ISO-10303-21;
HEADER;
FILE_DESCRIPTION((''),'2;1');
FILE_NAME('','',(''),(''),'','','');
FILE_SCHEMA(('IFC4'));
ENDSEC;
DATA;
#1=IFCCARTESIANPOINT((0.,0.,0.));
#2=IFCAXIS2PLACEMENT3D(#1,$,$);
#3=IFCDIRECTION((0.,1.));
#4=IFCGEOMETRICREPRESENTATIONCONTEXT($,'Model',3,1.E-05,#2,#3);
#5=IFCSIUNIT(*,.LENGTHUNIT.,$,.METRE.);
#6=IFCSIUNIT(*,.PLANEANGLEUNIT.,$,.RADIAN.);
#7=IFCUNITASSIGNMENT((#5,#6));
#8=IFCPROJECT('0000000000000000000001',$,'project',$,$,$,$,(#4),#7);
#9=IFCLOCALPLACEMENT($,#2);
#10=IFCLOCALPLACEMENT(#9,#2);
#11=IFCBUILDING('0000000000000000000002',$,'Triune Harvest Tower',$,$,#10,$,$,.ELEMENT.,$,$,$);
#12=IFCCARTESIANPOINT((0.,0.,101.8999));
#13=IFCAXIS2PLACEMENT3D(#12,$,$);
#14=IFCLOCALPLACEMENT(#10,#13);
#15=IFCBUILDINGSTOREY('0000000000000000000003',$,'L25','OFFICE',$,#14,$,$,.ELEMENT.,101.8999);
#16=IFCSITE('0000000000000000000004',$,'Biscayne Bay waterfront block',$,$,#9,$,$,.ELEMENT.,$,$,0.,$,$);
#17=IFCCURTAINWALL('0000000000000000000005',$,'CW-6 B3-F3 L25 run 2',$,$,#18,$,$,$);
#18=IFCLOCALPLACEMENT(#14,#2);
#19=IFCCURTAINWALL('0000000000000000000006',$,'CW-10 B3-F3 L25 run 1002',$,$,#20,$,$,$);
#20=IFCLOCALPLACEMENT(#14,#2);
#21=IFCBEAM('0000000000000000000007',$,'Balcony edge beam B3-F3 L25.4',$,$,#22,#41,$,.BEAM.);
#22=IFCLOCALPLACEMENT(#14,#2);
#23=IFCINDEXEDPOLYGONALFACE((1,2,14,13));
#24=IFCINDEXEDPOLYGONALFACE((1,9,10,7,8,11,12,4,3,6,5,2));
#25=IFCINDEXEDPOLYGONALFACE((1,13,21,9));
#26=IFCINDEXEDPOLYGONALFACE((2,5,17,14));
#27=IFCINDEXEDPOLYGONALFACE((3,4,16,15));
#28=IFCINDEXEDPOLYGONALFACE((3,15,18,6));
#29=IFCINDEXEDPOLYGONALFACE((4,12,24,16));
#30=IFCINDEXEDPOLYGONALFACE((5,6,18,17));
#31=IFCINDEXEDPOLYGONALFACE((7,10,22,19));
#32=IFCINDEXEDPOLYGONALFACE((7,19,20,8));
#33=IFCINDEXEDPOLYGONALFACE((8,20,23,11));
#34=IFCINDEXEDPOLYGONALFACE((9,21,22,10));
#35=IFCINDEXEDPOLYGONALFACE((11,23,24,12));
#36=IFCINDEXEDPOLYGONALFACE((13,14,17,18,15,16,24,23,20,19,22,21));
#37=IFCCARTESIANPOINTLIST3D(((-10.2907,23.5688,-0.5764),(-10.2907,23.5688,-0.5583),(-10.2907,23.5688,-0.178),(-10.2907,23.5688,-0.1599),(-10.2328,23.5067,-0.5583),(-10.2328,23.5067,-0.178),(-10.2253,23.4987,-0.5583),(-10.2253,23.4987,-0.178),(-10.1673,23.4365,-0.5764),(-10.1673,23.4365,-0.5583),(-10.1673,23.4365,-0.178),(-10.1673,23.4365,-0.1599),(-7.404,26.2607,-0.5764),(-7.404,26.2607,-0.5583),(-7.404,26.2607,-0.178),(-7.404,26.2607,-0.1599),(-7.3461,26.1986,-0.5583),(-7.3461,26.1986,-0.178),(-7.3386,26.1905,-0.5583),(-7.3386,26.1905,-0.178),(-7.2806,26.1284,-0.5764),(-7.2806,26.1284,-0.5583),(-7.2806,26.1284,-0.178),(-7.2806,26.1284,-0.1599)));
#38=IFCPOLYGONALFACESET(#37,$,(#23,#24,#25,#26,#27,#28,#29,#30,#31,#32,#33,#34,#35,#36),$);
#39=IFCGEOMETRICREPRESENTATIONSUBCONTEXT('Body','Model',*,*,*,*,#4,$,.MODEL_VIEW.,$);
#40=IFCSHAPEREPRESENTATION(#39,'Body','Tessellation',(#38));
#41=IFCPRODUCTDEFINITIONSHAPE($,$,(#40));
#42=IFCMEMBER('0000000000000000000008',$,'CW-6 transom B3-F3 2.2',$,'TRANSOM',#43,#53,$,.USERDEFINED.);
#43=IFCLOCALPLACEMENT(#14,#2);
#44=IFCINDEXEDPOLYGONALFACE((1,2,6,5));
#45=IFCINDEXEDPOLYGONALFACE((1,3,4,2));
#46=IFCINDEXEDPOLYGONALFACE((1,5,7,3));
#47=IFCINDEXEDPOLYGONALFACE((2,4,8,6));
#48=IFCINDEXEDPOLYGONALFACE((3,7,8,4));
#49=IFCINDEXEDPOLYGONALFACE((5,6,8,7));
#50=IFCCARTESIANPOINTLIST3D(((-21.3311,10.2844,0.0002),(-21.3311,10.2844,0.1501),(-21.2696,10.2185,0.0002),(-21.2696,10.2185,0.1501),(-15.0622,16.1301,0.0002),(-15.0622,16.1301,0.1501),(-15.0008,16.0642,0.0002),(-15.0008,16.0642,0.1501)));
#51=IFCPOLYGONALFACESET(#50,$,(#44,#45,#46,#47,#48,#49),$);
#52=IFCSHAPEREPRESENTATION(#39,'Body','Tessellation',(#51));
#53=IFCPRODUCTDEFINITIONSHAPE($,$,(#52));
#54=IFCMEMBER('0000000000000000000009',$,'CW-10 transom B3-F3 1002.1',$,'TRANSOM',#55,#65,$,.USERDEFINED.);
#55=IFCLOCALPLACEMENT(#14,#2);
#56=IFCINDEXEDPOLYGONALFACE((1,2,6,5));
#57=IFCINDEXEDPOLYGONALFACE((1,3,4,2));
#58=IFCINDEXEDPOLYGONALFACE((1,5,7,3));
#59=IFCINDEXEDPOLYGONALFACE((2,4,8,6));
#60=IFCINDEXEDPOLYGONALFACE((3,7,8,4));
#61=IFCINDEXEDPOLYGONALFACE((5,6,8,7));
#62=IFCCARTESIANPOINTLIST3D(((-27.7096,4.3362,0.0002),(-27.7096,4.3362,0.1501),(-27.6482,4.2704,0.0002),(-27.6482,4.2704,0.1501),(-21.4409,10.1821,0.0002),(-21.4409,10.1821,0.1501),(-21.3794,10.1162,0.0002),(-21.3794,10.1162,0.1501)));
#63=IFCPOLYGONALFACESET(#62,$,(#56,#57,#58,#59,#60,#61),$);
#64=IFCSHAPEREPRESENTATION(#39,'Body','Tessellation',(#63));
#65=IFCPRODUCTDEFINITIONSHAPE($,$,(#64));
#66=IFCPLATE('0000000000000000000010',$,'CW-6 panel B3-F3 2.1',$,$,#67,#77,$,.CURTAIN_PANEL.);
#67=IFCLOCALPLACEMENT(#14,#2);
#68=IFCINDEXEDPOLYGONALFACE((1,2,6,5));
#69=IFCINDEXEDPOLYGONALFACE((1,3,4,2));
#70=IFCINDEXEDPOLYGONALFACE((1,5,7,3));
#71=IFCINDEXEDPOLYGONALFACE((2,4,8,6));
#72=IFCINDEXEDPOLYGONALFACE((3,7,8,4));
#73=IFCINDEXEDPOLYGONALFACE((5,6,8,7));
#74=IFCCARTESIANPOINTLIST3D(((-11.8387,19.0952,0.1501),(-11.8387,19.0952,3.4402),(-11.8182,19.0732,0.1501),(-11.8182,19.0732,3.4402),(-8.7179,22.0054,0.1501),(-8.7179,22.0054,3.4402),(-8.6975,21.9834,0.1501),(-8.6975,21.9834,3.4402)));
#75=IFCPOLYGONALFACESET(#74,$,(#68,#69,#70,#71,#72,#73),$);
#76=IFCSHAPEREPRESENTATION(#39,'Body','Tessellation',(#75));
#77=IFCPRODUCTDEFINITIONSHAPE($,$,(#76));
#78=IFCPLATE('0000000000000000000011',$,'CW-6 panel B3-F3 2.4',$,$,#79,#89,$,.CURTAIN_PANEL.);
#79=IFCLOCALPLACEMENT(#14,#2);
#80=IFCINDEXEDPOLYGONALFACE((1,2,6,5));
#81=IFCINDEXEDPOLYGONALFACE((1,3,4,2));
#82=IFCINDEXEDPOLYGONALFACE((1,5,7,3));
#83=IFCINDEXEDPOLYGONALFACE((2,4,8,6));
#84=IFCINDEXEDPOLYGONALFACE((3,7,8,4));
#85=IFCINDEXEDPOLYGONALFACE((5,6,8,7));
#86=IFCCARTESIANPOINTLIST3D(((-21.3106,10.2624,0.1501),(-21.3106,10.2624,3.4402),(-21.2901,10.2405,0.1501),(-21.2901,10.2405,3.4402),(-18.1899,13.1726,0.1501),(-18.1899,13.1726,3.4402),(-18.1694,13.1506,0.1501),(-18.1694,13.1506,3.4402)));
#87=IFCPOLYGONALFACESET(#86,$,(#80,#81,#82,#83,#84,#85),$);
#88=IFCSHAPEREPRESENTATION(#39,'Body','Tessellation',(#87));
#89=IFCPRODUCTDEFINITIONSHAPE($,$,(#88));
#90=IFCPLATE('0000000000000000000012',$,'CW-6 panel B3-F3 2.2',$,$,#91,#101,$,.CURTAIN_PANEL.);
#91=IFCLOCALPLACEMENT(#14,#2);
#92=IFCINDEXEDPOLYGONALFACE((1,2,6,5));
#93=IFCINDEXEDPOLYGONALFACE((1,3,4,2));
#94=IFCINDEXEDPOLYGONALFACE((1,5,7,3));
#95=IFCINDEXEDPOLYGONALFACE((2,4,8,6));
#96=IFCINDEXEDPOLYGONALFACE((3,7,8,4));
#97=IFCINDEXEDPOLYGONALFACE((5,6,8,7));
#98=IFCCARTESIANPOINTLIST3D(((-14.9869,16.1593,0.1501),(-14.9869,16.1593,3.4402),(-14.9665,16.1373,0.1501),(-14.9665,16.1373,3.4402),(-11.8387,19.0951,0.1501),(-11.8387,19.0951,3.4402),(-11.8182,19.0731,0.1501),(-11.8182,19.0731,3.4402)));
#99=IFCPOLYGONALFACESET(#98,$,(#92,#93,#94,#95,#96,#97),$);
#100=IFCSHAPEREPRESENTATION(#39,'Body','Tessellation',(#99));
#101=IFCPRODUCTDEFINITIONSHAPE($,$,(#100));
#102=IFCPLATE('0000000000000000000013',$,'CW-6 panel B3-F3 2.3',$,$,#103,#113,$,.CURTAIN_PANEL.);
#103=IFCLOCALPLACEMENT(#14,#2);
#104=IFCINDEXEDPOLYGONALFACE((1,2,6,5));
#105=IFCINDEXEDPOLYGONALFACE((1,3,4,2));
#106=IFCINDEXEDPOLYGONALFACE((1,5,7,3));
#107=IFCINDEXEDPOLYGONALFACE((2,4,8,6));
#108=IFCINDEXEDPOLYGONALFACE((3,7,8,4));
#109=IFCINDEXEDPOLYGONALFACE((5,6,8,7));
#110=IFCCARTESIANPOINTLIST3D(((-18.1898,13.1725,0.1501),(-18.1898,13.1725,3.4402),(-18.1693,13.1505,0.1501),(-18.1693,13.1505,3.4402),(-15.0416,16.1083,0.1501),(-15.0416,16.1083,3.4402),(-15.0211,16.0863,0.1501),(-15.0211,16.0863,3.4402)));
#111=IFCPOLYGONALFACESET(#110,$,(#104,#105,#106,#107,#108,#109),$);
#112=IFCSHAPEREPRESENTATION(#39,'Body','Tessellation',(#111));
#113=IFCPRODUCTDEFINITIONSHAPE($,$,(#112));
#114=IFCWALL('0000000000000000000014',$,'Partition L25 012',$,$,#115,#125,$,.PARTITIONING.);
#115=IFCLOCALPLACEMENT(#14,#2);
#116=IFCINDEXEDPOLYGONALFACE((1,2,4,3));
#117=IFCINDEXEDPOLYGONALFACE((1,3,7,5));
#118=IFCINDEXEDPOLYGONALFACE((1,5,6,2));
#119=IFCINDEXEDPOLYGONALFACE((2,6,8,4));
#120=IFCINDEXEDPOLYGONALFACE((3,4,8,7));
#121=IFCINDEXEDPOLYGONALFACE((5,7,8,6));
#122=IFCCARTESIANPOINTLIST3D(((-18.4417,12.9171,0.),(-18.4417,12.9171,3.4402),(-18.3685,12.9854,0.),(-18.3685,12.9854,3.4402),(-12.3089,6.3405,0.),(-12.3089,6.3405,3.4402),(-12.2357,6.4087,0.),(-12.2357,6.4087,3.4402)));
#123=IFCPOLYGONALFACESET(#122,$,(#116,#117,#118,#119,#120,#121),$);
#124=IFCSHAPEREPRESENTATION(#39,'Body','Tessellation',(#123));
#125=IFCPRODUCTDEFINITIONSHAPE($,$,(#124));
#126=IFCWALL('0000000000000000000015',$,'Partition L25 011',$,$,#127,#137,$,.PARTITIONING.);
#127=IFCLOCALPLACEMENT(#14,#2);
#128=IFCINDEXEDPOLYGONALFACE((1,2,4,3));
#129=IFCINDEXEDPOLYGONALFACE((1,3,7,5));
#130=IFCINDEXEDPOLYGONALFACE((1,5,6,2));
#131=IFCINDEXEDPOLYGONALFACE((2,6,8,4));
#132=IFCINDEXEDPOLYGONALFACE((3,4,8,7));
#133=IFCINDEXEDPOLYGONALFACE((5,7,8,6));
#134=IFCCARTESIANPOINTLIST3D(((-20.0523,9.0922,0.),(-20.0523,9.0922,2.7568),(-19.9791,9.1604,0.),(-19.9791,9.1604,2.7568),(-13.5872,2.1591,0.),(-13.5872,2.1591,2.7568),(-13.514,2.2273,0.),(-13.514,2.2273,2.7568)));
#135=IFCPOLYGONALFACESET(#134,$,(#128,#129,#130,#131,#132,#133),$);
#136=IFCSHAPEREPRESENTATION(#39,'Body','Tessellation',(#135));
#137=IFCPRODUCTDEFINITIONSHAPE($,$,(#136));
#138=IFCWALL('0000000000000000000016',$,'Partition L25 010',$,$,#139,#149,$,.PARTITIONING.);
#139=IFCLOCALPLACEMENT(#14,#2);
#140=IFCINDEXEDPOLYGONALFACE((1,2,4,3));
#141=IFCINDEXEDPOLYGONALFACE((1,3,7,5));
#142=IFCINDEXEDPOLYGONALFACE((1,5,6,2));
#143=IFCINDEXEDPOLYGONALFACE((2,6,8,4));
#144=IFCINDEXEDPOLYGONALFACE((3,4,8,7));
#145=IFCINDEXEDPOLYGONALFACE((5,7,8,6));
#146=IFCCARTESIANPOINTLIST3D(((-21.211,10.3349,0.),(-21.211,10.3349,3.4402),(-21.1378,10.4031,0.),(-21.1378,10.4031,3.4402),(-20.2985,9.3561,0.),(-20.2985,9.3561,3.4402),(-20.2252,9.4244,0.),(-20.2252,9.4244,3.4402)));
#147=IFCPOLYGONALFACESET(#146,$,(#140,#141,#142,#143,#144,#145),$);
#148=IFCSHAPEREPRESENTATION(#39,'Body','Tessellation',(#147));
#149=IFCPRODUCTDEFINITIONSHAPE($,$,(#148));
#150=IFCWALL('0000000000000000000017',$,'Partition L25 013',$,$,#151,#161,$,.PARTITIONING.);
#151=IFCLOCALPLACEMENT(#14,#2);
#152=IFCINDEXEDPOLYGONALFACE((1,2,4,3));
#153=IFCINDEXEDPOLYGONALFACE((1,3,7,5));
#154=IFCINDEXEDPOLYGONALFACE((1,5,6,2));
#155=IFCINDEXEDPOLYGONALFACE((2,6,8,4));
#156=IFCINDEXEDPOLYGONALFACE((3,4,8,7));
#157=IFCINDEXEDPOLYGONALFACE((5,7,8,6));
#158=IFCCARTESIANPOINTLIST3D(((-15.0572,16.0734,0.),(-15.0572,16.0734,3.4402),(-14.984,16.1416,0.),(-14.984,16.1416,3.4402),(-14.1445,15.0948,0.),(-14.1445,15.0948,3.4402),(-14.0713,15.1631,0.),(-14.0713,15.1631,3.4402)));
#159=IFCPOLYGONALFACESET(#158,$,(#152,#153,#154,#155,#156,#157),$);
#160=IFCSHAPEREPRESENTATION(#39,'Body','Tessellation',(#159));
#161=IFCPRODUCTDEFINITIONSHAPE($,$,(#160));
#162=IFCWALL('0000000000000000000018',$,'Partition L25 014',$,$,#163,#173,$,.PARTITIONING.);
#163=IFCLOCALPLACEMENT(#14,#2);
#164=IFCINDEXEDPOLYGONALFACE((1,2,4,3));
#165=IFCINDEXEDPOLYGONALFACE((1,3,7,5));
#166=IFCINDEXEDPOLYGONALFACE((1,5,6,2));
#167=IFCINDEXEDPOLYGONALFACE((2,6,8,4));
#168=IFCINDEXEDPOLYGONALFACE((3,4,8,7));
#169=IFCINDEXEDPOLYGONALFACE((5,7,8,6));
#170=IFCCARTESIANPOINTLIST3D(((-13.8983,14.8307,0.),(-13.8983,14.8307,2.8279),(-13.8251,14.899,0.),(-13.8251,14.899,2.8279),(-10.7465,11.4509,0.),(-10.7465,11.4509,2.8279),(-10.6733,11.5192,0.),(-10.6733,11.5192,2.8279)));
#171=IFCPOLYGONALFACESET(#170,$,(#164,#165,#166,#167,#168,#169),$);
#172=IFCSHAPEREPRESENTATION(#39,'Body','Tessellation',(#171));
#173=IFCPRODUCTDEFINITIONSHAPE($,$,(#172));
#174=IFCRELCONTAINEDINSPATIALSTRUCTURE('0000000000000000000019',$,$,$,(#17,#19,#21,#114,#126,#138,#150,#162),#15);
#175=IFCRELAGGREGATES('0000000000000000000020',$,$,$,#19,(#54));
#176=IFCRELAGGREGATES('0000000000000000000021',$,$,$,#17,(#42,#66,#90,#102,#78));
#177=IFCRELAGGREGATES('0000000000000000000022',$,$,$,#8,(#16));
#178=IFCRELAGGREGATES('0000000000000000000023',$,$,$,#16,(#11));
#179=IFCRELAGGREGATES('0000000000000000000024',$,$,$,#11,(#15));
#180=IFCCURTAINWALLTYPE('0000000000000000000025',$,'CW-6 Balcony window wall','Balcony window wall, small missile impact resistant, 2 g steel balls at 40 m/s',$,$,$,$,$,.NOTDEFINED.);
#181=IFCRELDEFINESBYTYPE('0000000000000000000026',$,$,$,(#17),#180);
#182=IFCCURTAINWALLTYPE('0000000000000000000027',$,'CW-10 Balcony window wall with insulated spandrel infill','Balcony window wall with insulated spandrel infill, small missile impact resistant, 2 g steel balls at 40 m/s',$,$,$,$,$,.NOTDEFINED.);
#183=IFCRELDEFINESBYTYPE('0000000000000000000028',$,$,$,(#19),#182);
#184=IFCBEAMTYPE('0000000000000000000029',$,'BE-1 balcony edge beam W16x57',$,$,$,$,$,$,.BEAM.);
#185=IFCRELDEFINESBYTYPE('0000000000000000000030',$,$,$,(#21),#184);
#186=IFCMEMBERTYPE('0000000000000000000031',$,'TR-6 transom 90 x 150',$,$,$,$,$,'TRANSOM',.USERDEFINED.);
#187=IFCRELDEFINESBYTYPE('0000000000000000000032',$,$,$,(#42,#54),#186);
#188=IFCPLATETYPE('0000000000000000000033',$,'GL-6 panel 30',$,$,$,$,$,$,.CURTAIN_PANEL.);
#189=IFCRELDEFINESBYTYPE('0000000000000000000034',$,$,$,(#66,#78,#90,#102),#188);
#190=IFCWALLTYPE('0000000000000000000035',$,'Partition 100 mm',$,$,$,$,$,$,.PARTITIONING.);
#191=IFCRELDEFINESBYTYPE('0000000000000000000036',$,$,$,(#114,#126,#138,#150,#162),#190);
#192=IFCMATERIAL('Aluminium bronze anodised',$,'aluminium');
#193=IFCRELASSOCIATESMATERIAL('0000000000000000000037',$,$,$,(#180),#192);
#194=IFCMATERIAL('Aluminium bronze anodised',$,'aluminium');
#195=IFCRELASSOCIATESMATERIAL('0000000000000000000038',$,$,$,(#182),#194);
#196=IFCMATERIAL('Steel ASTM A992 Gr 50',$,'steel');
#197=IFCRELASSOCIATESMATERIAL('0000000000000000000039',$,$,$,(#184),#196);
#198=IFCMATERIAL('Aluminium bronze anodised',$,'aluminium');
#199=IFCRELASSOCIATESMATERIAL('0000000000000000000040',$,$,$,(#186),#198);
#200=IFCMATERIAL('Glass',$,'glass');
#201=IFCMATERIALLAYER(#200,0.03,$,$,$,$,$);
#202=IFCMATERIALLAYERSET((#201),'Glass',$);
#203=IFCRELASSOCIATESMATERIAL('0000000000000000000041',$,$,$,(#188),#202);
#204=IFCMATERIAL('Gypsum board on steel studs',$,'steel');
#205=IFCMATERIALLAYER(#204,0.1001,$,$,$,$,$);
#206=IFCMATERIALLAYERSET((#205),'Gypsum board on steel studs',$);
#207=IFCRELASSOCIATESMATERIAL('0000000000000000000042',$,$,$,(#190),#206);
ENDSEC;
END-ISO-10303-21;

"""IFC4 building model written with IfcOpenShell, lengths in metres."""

from ifc_helpers import new_model, si_unit, direction, frame, frame_2d, origin, origin_2d, place, context, subcontext, project, spatial, rectangle, i_section, extrude, source, transform, mapped, material, layer, layer_set, material_profile, profile_set, type_object, element, aggregate, save


model = new_model("IFC4")

# Units and contexts
model_context = context("Model", 3, precision=1e-05, world=origin(), true_north=direction((0.0, 1.0)))
body_context = subcontext(model_context, "Body", "Model", "MODEL_VIEW")
ifc_project = project(units=[si_unit("LENGTHUNIT", "METRE"), si_unit("PLANEANGLEUNIT", "RADIAN")], contexts=[model_context])

# Site, building, storey
site_placement = place(None, origin())
site = spatial("IfcSite", under=ifc_project, at=site_placement, Name="Biscayne Bay waterfront block", CompositionType="ELEMENT", RefElevation=0.0)
building_placement = place(site_placement, origin())
building = spatial("IfcBuilding", under=site, at=building_placement, Name="Triune Harvest Tower", CompositionType="ELEMENT")
storey_placement = place(building_placement, frame((0.0, 0.0, 101.8999)))
storey = spatial("IfcBuildingStorey", under=building, at=storey_placement, Name="L25", Description="OFFICE", CompositionType="ELEMENT", Elevation=101.8999)

# Curtain wall
ifc_material_1 = material(Name="Aluminium bronze anodised", Category="aluminium")
curtain_wall_type_1 = type_object("IfcCurtainWallType", Name="CW-6 Balcony window wall", Description="Balcony window wall, small missile impact resistant, 2 g steel balls at 40 m/s", PredefinedType="NOTDEFINED", material=ifc_material_1)
curtain_wall_1_placement = place(storey_placement, origin())
curtain_wall_1 = element("IfcCurtainWall", 1, at=curtain_wall_1_placement, inside=storey, type_object=curtain_wall_type_1, Name="CW-6 B3-F3 L25 run 2")

# Curtain wall
ifc_material_2 = material(Name="Aluminium bronze anodised", Category="aluminium")
curtain_wall_type_2 = type_object("IfcCurtainWallType", Name="CW-10 Balcony window wall with insulated spandrel infill", Description="Balcony window wall with insulated spandrel infill, small missile impact resistant, 2 g steel balls at 40 m/s", PredefinedType="NOTDEFINED", material=ifc_material_2)
curtain_wall_2_placement = place(storey_placement, origin())
curtain_wall_2 = element("IfcCurtainWall", 2, at=curtain_wall_2_placement, inside=storey, type_object=curtain_wall_type_2, Name="CW-10 B3-F3 L25 run 1002")

# Beam
ifc_material_3 = material(Name="Steel ASTM A992 Gr 50", Category="steel")
ifc_material_profile_1 = material_profile(ifc_material_3, i_section(OverallWidth=0.1809, OverallDepth=0.4165, WebThickness=0.011, FlangeThickness=0.0181, at=origin_2d()), Name="W16x57")
ifc_profile_set_1 = profile_set([ifc_material_profile_1], Name="Steel ASTM A992 Gr 50")
beam_type_1 = type_object("IfcBeamType", Name="BE-1 balcony edge beam W16x57", PredefinedType="BEAM", material=ifc_profile_set_1)
shared_shape_1 = source(origin(), body_context, "Body", "SweptSolid", [
    extrude(i_section(OverallWidth=0.1809, OverallDepth=0.4165, WebThickness=0.011, FlangeThickness=0.0181, at=origin_2d()), origin(), (0.0, 0.0, 1.0), 3.947),
])
beam_1_placement = place(storey_placement, frame((-10.229, 23.5027, -0.3682), z_axis=(0.731356, 0.681996, 0.0), x_axis=(-0.681996, 0.731356, 0.0)))
element("IfcBeam", 3, at=beam_1_placement, inside=storey, type_object=beam_type_1, Name="Balcony edge beam B3-F3 L25.4", PredefinedType="BEAM", context=body_context, shape_type="MappedRepresentation", body=[
    mapped(shared_shape_1, transform((0.0, 0.0, 0.0), scale=1.0)),
])

# Members
ifc_material_4 = material(Name="Aluminium bronze anodised", Category="aluminium")
ifc_material_profile_2 = material_profile(ifc_material_4, rectangle(XDim=0.0901, YDim=0.1499, at=origin_2d()), Name="TR-6 transom 90 x 150")
ifc_profile_set_2 = profile_set([ifc_material_profile_2], Name="Aluminium bronze anodised")
member_type_1 = type_object("IfcMemberType", Name="TR-6 transom 90 x 150", ElementType="TRANSOM", PredefinedType="USERDEFINED", material=ifc_profile_set_2)
shared_shape_2 = source(origin(), body_context, "Body", "SweptSolid", [
    extrude(rectangle(XDim=0.0901, YDim=0.1499, at=origin_2d()), origin(), (0.0, 0.0, 1.0), 8.5715),
])
member_1_placement = place(storey_placement, frame((-15.0315, 16.0972, 0.0752), z_axis=(-0.731356, -0.681995, 0.0), x_axis=(0.681995, -0.731356, 0.0)))
member_1 = element("IfcMember", 4, at=member_1_placement, type_object=member_type_1, Name="CW-6 transom B3-F3 2.2", ObjectType="TRANSOM", PredefinedType="USERDEFINED", context=body_context, shape_type="MappedRepresentation", body=[
    mapped(shared_shape_2, transform((0.0, 0.0, 0.0), scale=1.0)),
])
member_2_placement = place(storey_placement, frame((-21.4102, 10.1492, 0.0752), z_axis=(-0.731342, -0.682011, 0.0), x_axis=(0.682011, -0.731342, 0.0)))
member_2 = element("IfcMember", 5, at=member_2_placement, type_object=member_type_1, Name="CW-10 transom B3-F3 1002.1", ObjectType="TRANSOM", PredefinedType="USERDEFINED", context=body_context, shape_type="MappedRepresentation", body=[
    mapped(shared_shape_2, transform((0.0, 0.0, 0.0), scale=1.0)),
])
aggregate(curtain_wall_2, [member_2])

# Plates
ifc_material_5 = material(Name="Glass", Category="glass")
ifc_layer_1 = layer(ifc_material_5, 0.03)
ifc_layer_set_1 = layer_set([ifc_layer_1], Name="Glass")
plate_type = type_object("IfcPlateType", Name="GL-6 panel 30", PredefinedType="CURTAIN_PANEL", material=ifc_layer_set_1)
shared_shape_3 = source(origin(), body_context, "Body", "SweptSolid", [
    extrude(rectangle(XDim=4.2671, YDim=0.03, at=origin_2d()), origin(), (0.0, 0.0, 1.0), 3.29),
])
plate_1_placement = place(storey_placement, frame((-10.2681, 20.5393, 0.1501), z_axis=(0.0, 0.0, 1.0), x_axis=(-0.731352, -0.682, 0.0)))
plate_1 = element("IfcPlate", 6, at=plate_1_placement, type_object=plate_type, Name="CW-6 panel B3-F3 2.1", PredefinedType="CURTAIN_PANEL", context=body_context, shape_type="MappedRepresentation", body=[
    mapped(shared_shape_3, transform((0.0, 0.0, 0.0), scale=1.0)),
])
plate_2_placement = place(storey_placement, frame((-19.74, 11.7065, 0.1501), z_axis=(0.0, 0.0, 1.0), x_axis=(-0.731352, -0.682, 0.0)))
plate_2 = element("IfcPlate", 7, at=plate_2_placement, type_object=plate_type, Name="CW-6 panel B3-F3 2.4", PredefinedType="CURTAIN_PANEL", context=body_context, shape_type="MappedRepresentation", body=[
    mapped(shared_shape_3, transform((0.0, 0.0, 0.0), scale=1.0)),
])
shared_shape_4 = source(origin(), body_context, "Body", "SweptSolid", [
    extrude(rectangle(XDim=4.3047, YDim=0.03, at=origin_2d()), origin(), (0.0, 0.0, 1.0), 3.29),
])
plate_3_placement = place(storey_placement, frame((-13.4026, 17.6162, 0.1501), z_axis=(0.0, 0.0, 1.0), x_axis=(-0.731352, -0.682, 0.0)))
plate_3 = element("IfcPlate", 8, at=plate_3_placement, type_object=plate_type, Name="CW-6 panel B3-F3 2.2", PredefinedType="CURTAIN_PANEL", context=body_context, shape_type="MappedRepresentation", body=[
    mapped(shared_shape_4, transform((0.0, 0.0, 0.0), scale=1.0)),
])
plate_4_placement = place(storey_placement, frame((-16.6055, 14.6294, 0.1501), z_axis=(0.0, 0.0, 1.0), x_axis=(-0.731352, -0.682, 0.0)))
plate_4 = element("IfcPlate", 9, at=plate_4_placement, type_object=plate_type, Name="CW-6 panel B3-F3 2.3", PredefinedType="CURTAIN_PANEL", context=body_context, shape_type="MappedRepresentation", body=[
    mapped(shared_shape_4, transform((0.0, 0.0, 0.0), scale=1.0)),
])
aggregate(curtain_wall_1, [member_1, plate_1, plate_3, plate_4, plate_2])

# Walls
ifc_material_6 = material(Name="Gypsum board on steel studs", Category="steel")
ifc_layer_2 = layer(ifc_material_6, 0.1001)
ifc_layer_set_2 = layer_set([ifc_layer_2], Name="Gypsum board on steel studs")
wall_type = type_object("IfcWallType", Name="Partition 100 mm", PredefinedType="PARTITIONING", material=ifc_layer_set_2)
wall_1_placement = place(storey_placement, frame((-18.405, 12.9512, 0.0), z_axis=(0.0, 0.0, 1.0), x_axis=(0.681997, -0.731355, 0.0)))
element("IfcWall", 10, at=wall_1_placement, inside=storey, type_object=wall_type, Name="Partition L25 012", PredefinedType="PARTITIONING", context=body_context, shape_type="SweptSolid", body=[
    extrude(rectangle(XDim=8.9924, YDim=0.1001, at=frame_2d((4.4961, 0.0))), origin(), (0.0, 0.0, 1.0), 3.4402),
])
shared_shape_5 = source(origin(), body_context, "Body", "SweptSolid", [
    extrude(rectangle(XDim=9.4797, YDim=0.1001, at=frame_2d((4.7397, 0.0))), origin(), (0.0, 0.0, 1.0), 2.7568),
])
wall_2_placement = place(storey_placement, frame((-20.0156, 9.1262, 0.0), z_axis=(0.0, 0.0, 1.0), x_axis=(0.681991, -0.731361, 0.0)))
element("IfcWall", 11, at=wall_2_placement, inside=storey, type_object=wall_type, Name="Partition L25 011", PredefinedType="PARTITIONING", context=body_context, shape_type="MappedRepresentation", body=[
    mapped(shared_shape_5, transform((0.0, 0.0, 0.0), scale=1.0)),
])
shared_shape_6 = source(origin(), body_context, "Body", "SweptSolid", [
    extrude(rectangle(XDim=1.3381, YDim=0.1001, at=frame_2d((0.6689, 0.0))), origin(), (0.0, 0.0, 1.0), 3.4402),
])
for number, where, z_axis, x_axis, name in (
    (12, (-21.1743, 10.3689, 0.0), (0.0, 0.0, 1.0), (0.681954, -0.731395, 0.0), "Partition L25 010"),
    (13, (-15.0205, 16.1074, 0.0), (0.0, 0.0, 1.0), (0.682045, -0.73131, 0.0), "Partition L25 013"),
):
    element("IfcWall", number, at=place(storey_placement, frame(where, z_axis=z_axis, x_axis=x_axis)), inside=storey, type_object=wall_type, Name=name, PredefinedType="PARTITIONING", context=body_context, shape_type="MappedRepresentation", body=[
        mapped(shared_shape_6, transform((0.0, 0.0, 0.0), scale=1.0)),
    ])
shared_shape_7 = source(origin(), body_context, "Body", "SweptSolid", [
    extrude(rectangle(XDim=4.6213, YDim=0.1001, at=frame_2d((2.3105, 0.0))), origin(), (0.0, 0.0, 1.0), 2.8279),
])
wall_3_placement = place(storey_placement, frame((-13.8616, 14.8647, 0.0), z_axis=(0.0, 0.0, 1.0), x_axis=(0.682006, -0.731347, 0.0)))
element("IfcWall", 14, at=wall_3_placement, inside=storey, type_object=wall_type, Name="Partition L25 014", PredefinedType="PARTITIONING", context=body_context, shape_type="MappedRepresentation", body=[
    mapped(shared_shape_7, transform((0.0, 0.0, 0.0), scale=1.0)),
])

save(model, "model.ifc")
